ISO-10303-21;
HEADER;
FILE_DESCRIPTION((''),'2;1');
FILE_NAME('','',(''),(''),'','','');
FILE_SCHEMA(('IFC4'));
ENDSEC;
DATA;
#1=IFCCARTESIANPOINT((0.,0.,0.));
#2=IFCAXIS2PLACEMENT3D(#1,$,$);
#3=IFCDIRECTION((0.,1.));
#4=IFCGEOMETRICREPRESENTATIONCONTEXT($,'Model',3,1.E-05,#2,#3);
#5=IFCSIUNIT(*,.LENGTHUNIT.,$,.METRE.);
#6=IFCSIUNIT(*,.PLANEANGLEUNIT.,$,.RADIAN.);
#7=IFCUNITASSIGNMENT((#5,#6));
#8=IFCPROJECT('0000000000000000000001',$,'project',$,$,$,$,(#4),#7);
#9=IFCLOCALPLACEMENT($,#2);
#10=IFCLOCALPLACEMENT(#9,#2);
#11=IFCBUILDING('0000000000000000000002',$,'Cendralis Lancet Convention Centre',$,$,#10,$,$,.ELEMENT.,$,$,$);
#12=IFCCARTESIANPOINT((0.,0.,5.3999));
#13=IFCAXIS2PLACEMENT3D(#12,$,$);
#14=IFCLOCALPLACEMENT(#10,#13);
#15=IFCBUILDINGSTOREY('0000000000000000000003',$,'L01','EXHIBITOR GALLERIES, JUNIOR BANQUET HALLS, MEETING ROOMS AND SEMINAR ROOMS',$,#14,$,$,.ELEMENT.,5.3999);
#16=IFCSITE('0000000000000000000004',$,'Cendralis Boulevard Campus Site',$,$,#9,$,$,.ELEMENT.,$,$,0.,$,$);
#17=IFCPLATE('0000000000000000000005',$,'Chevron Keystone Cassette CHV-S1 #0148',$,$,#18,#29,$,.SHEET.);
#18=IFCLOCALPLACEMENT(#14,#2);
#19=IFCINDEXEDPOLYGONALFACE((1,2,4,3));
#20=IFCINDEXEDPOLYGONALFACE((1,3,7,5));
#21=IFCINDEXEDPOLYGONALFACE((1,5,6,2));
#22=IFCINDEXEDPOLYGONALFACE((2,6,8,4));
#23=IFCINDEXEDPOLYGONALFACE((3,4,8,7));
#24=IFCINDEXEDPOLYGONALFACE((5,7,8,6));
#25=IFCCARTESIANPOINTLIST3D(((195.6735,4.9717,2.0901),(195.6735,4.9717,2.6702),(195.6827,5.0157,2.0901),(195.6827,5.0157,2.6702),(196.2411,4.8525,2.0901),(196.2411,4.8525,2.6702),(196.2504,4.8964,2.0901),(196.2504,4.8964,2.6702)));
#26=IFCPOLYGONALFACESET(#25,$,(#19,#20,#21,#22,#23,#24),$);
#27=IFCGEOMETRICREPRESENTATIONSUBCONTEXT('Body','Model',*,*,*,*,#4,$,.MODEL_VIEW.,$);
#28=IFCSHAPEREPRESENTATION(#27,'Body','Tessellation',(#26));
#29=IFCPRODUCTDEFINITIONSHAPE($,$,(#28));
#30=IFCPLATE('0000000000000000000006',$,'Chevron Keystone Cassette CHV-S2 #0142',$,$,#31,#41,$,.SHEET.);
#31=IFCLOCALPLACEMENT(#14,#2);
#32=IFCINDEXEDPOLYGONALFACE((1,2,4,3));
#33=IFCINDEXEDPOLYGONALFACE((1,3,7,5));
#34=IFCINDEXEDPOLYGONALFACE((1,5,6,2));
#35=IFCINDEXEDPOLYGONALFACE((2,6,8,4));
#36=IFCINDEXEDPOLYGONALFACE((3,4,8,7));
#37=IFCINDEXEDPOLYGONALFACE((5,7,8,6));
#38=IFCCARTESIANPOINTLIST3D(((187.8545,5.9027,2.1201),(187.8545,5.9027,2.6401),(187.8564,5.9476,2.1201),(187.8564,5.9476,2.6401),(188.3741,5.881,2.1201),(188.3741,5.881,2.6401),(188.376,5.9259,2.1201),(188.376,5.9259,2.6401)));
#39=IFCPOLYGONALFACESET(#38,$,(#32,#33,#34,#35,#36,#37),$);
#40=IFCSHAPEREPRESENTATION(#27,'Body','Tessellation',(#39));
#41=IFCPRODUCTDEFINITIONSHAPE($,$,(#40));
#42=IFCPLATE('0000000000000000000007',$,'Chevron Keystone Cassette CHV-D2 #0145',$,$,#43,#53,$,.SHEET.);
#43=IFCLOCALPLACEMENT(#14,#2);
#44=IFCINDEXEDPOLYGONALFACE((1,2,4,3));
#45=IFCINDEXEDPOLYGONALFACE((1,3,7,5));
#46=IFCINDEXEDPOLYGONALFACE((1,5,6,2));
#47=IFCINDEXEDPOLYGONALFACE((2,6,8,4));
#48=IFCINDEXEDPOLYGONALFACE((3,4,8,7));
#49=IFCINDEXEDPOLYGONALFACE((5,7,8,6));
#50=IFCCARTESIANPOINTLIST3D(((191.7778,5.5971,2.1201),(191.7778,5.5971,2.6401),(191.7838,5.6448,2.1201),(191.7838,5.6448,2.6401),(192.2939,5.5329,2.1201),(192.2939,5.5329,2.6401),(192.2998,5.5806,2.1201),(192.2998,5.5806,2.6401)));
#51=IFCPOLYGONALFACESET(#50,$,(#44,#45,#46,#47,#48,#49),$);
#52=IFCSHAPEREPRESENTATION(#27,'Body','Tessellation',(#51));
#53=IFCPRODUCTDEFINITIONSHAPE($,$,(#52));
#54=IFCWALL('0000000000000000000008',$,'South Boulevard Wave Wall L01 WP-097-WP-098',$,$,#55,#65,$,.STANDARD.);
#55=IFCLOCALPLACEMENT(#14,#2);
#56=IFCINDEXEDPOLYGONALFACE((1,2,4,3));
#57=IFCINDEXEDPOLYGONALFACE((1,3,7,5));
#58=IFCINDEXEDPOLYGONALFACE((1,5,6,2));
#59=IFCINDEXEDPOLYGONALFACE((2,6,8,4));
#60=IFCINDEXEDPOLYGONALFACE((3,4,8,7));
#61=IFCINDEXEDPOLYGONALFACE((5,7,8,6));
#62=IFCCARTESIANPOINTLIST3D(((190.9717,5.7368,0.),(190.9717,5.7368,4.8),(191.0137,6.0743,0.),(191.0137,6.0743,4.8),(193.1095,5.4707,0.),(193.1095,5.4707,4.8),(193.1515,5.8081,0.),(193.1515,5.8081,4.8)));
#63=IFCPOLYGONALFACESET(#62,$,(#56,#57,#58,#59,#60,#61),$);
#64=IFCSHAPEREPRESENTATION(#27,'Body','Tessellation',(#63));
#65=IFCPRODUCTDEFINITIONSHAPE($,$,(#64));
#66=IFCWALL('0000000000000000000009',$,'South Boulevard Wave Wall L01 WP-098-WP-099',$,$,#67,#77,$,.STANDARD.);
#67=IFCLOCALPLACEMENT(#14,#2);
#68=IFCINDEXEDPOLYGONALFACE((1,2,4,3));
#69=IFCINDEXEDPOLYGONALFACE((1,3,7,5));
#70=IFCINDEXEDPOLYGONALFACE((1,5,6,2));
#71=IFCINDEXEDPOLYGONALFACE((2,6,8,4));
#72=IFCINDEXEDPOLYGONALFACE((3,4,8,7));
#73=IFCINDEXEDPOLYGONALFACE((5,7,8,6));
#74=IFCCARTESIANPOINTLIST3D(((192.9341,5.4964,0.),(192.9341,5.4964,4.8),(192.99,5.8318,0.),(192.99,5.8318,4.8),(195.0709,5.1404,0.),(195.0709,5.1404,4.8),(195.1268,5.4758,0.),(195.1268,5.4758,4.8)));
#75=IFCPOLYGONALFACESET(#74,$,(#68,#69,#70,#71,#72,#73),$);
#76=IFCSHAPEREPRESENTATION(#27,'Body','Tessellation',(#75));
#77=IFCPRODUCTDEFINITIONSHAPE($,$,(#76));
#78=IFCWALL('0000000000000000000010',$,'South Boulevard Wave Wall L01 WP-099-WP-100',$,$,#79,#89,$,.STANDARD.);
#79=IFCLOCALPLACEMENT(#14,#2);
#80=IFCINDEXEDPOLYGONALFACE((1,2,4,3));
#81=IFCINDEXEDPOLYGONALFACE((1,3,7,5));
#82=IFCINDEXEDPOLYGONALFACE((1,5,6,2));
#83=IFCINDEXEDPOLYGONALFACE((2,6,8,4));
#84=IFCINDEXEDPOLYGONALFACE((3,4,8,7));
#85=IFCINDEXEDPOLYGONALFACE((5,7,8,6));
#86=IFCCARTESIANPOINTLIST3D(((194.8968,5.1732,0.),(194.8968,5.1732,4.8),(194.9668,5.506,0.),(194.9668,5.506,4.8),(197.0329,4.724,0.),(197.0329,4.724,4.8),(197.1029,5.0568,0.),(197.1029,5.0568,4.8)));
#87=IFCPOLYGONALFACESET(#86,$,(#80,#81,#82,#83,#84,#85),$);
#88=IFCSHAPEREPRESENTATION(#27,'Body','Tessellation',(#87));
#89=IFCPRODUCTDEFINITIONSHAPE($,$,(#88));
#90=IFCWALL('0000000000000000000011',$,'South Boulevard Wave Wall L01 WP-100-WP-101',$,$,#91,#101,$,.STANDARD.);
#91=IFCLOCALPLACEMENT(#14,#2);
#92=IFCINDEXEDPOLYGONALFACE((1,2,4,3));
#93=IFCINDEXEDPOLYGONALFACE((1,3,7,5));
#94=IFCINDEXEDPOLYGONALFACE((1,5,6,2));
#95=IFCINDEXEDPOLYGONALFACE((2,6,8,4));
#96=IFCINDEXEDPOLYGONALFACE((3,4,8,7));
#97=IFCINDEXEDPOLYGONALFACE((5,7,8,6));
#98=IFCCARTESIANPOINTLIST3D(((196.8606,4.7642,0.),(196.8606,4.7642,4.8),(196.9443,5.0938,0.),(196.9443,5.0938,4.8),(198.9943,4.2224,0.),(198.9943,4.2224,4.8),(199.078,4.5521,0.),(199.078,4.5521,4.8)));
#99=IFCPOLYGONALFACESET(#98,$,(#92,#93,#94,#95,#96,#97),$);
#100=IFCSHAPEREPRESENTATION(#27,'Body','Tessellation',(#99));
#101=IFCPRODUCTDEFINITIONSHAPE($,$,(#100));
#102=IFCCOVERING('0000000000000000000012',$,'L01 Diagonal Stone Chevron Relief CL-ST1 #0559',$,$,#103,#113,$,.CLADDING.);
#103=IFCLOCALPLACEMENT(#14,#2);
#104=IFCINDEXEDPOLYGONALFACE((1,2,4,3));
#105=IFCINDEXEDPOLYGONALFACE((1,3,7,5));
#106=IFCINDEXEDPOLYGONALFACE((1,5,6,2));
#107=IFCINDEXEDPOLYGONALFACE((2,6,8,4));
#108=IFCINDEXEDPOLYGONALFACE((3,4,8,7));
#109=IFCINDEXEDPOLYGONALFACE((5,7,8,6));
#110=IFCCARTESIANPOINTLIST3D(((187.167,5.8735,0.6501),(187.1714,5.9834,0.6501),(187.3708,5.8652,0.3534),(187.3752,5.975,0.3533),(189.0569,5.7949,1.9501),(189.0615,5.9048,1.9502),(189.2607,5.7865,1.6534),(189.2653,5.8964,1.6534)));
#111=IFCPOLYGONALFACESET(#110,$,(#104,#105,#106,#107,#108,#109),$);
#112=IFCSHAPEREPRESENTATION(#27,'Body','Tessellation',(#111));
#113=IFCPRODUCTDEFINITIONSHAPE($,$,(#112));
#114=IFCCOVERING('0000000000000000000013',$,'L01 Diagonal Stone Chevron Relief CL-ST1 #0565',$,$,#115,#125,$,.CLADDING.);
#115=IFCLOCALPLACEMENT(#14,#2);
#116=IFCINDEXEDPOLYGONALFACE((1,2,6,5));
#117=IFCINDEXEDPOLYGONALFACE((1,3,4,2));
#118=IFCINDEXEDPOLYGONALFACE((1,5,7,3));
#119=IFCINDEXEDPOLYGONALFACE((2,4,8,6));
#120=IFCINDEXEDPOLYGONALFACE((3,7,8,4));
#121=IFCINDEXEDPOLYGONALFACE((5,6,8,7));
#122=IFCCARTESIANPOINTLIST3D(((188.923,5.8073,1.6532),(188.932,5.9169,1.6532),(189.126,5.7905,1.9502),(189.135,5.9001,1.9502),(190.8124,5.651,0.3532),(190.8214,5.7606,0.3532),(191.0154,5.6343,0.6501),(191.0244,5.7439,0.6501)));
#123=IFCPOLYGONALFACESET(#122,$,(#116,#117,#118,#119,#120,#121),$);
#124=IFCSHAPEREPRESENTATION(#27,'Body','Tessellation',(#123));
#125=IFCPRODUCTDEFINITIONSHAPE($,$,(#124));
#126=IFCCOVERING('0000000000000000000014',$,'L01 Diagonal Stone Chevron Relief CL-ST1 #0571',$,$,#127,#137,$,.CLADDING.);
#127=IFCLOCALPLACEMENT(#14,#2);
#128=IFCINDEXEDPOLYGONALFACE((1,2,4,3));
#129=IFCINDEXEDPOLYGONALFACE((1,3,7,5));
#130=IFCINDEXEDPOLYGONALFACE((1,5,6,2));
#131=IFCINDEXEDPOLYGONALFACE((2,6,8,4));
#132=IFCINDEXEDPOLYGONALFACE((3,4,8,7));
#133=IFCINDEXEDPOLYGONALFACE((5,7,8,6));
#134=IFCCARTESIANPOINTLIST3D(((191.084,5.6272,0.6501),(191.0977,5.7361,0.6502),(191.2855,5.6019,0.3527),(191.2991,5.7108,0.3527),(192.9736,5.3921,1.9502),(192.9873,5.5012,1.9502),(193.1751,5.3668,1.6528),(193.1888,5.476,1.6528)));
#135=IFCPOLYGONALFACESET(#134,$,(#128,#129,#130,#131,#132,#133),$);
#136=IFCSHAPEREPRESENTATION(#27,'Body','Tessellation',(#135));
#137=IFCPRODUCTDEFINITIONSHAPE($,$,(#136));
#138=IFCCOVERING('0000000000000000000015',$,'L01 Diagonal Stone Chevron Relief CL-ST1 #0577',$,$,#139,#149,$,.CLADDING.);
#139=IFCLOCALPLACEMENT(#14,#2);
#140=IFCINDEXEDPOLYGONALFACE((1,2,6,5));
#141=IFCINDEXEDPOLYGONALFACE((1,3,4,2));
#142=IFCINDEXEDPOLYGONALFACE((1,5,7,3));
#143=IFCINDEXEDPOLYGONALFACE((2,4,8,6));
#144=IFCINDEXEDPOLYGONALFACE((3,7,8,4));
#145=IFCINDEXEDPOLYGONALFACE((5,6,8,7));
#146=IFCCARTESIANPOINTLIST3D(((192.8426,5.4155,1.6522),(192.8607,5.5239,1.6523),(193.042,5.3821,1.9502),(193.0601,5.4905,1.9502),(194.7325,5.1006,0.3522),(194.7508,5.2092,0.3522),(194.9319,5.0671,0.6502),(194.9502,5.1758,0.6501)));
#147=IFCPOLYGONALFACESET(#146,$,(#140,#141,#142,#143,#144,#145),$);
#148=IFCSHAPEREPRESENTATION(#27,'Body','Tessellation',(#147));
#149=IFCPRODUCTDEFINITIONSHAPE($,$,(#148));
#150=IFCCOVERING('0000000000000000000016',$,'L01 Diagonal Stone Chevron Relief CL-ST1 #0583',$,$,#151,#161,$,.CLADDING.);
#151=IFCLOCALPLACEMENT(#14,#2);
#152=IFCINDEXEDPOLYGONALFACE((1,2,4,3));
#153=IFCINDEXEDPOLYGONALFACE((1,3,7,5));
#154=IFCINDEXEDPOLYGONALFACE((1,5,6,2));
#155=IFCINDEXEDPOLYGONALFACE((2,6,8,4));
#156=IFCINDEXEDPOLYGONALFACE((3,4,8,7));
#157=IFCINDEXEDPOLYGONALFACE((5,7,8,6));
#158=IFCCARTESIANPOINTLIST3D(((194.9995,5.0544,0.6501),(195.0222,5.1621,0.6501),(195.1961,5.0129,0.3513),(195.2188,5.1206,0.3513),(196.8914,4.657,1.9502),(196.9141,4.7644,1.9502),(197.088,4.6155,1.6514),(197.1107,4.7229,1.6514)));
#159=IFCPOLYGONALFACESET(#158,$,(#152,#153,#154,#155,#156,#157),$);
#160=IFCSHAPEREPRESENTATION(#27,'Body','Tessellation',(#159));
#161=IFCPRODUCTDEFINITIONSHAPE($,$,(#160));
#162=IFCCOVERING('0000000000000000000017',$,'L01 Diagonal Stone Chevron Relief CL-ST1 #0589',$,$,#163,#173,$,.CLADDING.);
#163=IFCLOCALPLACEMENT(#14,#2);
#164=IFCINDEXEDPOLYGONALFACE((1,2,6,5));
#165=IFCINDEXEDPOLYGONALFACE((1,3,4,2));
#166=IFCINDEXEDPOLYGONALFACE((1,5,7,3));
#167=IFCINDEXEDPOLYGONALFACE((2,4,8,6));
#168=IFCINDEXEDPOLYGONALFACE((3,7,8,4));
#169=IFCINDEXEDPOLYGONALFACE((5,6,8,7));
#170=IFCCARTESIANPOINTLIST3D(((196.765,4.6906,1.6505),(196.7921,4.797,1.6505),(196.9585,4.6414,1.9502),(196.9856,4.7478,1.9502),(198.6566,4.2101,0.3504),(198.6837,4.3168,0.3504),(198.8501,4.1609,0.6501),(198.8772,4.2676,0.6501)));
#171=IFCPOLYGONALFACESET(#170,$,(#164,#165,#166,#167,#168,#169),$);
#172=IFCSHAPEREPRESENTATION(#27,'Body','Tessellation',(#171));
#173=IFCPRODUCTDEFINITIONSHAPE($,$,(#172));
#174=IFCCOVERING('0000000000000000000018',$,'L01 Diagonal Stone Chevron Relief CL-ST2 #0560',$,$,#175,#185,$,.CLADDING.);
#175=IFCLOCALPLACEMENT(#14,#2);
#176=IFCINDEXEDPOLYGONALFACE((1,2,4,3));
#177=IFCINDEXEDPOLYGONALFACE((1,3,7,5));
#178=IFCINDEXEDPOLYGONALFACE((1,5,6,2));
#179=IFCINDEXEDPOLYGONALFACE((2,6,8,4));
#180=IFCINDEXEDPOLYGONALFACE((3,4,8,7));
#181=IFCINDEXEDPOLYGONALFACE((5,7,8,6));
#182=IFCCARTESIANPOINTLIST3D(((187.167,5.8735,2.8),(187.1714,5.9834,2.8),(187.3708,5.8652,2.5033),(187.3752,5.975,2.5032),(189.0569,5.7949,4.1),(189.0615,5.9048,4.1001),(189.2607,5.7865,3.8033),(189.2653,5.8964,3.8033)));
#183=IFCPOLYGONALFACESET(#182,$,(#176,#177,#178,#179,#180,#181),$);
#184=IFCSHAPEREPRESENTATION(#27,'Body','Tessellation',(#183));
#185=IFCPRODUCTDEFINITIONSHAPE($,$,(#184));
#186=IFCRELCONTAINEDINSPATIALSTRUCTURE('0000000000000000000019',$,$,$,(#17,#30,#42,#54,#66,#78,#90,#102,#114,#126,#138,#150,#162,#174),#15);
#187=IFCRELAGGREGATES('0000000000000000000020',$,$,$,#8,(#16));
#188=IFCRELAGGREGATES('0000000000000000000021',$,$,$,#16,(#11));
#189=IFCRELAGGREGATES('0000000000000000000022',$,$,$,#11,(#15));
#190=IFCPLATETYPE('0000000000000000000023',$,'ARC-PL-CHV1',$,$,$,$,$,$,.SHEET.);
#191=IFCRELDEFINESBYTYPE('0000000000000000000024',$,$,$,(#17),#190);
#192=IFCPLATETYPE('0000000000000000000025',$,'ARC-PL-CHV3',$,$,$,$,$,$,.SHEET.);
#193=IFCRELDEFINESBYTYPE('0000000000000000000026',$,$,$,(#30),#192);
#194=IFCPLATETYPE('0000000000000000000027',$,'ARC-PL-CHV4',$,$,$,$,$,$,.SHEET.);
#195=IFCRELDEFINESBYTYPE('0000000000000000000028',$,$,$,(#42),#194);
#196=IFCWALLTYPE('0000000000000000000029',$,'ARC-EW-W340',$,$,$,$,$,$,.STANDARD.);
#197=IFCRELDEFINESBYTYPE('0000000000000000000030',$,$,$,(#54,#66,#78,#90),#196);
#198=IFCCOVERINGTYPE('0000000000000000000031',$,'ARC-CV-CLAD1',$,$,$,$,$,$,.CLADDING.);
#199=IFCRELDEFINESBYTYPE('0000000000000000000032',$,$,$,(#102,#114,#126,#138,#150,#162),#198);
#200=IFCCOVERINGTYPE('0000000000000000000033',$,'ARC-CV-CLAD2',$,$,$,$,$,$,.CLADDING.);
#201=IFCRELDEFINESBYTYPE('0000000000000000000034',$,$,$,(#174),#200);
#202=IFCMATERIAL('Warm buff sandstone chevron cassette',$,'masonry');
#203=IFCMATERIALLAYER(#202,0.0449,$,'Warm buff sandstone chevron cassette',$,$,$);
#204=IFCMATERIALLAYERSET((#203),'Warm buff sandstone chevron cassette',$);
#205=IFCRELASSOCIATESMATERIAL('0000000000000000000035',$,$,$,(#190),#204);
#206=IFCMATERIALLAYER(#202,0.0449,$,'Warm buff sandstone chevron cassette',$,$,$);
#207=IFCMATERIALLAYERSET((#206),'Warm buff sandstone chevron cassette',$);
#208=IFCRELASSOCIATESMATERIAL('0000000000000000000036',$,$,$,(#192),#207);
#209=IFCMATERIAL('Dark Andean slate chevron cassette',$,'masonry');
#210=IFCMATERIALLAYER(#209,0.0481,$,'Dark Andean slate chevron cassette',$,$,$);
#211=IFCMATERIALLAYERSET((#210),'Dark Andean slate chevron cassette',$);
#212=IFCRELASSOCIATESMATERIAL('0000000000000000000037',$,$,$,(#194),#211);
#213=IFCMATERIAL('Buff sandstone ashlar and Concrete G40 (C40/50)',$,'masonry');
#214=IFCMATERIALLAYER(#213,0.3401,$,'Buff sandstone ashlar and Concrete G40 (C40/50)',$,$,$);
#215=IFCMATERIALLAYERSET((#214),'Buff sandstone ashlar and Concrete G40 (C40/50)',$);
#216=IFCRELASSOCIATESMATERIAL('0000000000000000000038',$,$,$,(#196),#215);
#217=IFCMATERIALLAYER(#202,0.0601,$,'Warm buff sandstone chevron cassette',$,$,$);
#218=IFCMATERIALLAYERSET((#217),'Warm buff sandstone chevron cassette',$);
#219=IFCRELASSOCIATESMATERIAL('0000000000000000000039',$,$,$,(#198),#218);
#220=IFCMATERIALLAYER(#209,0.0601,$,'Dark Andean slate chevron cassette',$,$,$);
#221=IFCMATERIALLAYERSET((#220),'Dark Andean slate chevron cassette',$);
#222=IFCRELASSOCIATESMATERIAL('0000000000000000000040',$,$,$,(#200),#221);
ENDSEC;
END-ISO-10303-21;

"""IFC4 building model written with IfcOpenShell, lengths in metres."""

from ifc_helpers import new_model, si_unit, direction, frame, frame_2d, origin, origin_2d, place, context, subcontext, project, spatial, polyline, rectangle, outline, extrude, material, layer, layer_set, type_object, element, save


model = new_model("IFC4")

# Units and contexts
model_context = context("Model", 3, precision=1e-05, world=origin(), true_north=direction((0.0, 1.0)))
body_context = subcontext(model_context, "Body", "Model", "MODEL_VIEW")
ifc_project = project(units=[si_unit("LENGTHUNIT", "METRE"), si_unit("PLANEANGLEUNIT", "RADIAN")], contexts=[model_context])

# Site, building, storey
site_placement = place(None, origin())
site = spatial("IfcSite", under=ifc_project, at=site_placement, Name="Cendralis Boulevard Campus Site", CompositionType="ELEMENT", RefElevation=0.0)
building_placement = place(site_placement, origin())
building = spatial("IfcBuilding", under=site, at=building_placement, Name="Cendralis Lancet Convention Centre", CompositionType="ELEMENT")
storey_placement = place(building_placement, frame((0.0, 0.0, 5.3999)))
storey = spatial("IfcBuildingStorey", under=building, at=storey_placement, Name="L01", Description="EXHIBITOR GALLERIES, JUNIOR BANQUET HALLS, MEETING ROOMS AND SEMINAR ROOMS", CompositionType="ELEMENT", Elevation=5.3999)

# Plates
ifc_material_1 = material(Name="Warm buff sandstone chevron cassette", Category="masonry")
ifc_layer_1 = layer(ifc_material_1, 0.0449, Name="Warm buff sandstone chevron cassette")
ifc_layer_set_1 = layer_set([ifc_layer_1], Name="Warm buff sandstone chevron cassette")
plate_type_1 = type_object("IfcPlateType", Name="ARC-PL-CHV1", PredefinedType="SHEET", material=ifc_layer_set_1)
plate_1_placement = place(storey_placement, frame((195.9619, 4.9341, 2.0901), z_axis=(0.0, 0.0, 1.0), x_axis=(0.978624, -0.205658, 0.0)))
element("IfcPlate", 1, at=plate_1_placement, inside=storey, type_object=plate_type_1, Name="Chevron Keystone Cassette CHV-S1 #0148", PredefinedType="SHEET", context=body_context, shape_type="SweptSolid", body=[
    extrude(rectangle(XDim=0.5801, YDim=0.0449, at=origin_2d()), origin(), (0.0, 0.0, 1.0), 0.5801),
])
ifc_layer_2 = layer(ifc_material_1, 0.0449, Name="Warm buff sandstone chevron cassette")
ifc_layer_set_2 = layer_set([ifc_layer_2], Name="Warm buff sandstone chevron cassette")
plate_type_2 = type_object("IfcPlateType", Name="ARC-PL-CHV3", PredefinedType="SHEET", material=ifc_layer_set_2)
plate_2_placement = place(storey_placement, frame((188.1152, 5.9143, 2.1201), z_axis=(0.0, 0.0, 1.0), x_axis=(0.999134, -0.041597, 0.0)))
element("IfcPlate", 2, at=plate_2_placement, inside=storey, type_object=plate_type_2, Name="Chevron Keystone Cassette CHV-S2 #0142", PredefinedType="SHEET", context=body_context, shape_type="SweptSolid", body=[
    extrude(rectangle(XDim=0.52, YDim=0.0449, at=origin_2d()), origin(), (0.0, 0.0, 1.0), 0.52),
])
ifc_material_2 = material(Name="Dark Andean slate chevron cassette", Category="masonry")
ifc_layer_3 = layer(ifc_material_2, 0.0481, Name="Dark Andean slate chevron cassette")
ifc_layer_set_3 = layer_set([ifc_layer_3], Name="Dark Andean slate chevron cassette")
plate_type_3 = type_object("IfcPlateType", Name="ARC-PL-CHV4", PredefinedType="SHEET", material=ifc_layer_set_3)
plate_3_placement = place(storey_placement, frame((192.0388, 5.5889, 2.1201), z_axis=(0.0, 0.0, 1.0), x_axis=(0.992347, -0.12348, 0.0)))
element("IfcPlate", 3, at=plate_3_placement, inside=storey, type_object=plate_type_3, Name="Chevron Keystone Cassette CHV-D2 #0145", PredefinedType="SHEET", context=body_context, shape_type="SweptSolid", body=[
    extrude(rectangle(XDim=0.52, YDim=0.0481, at=origin_2d()), origin(), (0.0, 0.0, 1.0), 0.52),
])

# Walls
ifc_material_3 = material(Name="Buff sandstone ashlar and Concrete G40 (C40/50)", Category="masonry")
ifc_layer_4 = layer(ifc_material_3, 0.3401, Name="Buff sandstone ashlar and Concrete G40 (C40/50)")
ifc_layer_set_4 = layer_set([ifc_layer_4], Name="Buff sandstone ashlar and Concrete G40 (C40/50)")
wall_type = type_object("IfcWallType", Name="ARC-EW-W340", PredefinedType="STANDARD", material=ifc_layer_set_4)
wall_1_placement = place(storey_placement, frame((190.9927, 5.9055, 0.0), z_axis=(0.0, 0.0, 1.0), x_axis=(0.992341, -0.123533, 0.0)))
element("IfcWall", 4, at=wall_1_placement, inside=storey, type_object=wall_type, Name="South Boulevard Wave Wall L01 WP-097-WP-098", PredefinedType="STANDARD", context=body_context, shape_type="SweptSolid", body=[
    extrude(rectangle(XDim=2.1543, YDim=0.3401, at=frame_2d((1.0771, 0.0))), origin(), (0.0, 0.0, 1.0), 4.8),
])
wall_2_placement = place(storey_placement, frame((192.9622, 5.6641, 0.0), z_axis=(0.0, 0.0, 1.0), x_axis=(0.986406, -0.164326, 0.0)))
element("IfcWall", 5, at=wall_2_placement, inside=storey, type_object=wall_type, Name="South Boulevard Wave Wall L01 WP-098-WP-099", PredefinedType="STANDARD", context=body_context, shape_type="SweptSolid", body=[
    extrude(rectangle(XDim=2.1663, YDim=0.3401, at=frame_2d((1.083, 0.0))), origin(), (0.0, 0.0, 1.0), 4.8),
])
wall_3_placement = place(storey_placement, frame((194.9319, 5.3396, 0.0), z_axis=(0.0, 0.0, 1.0), x_axis=(0.978597, -0.205785, 0.0)))
element("IfcWall", 6, at=wall_3_placement, inside=storey, type_object=wall_type, Name="South Boulevard Wave Wall L01 WP-099-WP-100", PredefinedType="STANDARD", context=body_context, shape_type="SweptSolid", body=[
    extrude(rectangle(XDim=2.1829, YDim=0.3401, at=frame_2d((1.0913, 0.0))), origin(), (0.0, 0.0, 1.0), 4.8),
])
wall_4_placement = place(storey_placement, frame((196.9026, 4.929, 0.0), z_axis=(0.0, 0.0, 1.0), x_axis=(0.969249, -0.246083, 0.0)))
element("IfcWall", 7, at=wall_4_placement, inside=storey, type_object=wall_type, Name="South Boulevard Wave Wall L01 WP-100-WP-101", PredefinedType="STANDARD", context=body_context, shape_type="SweptSolid", body=[
    extrude(rectangle(XDim=2.2014, YDim=0.3401, at=frame_2d((1.1006, 0.0))), origin(), (0.0, 0.0, 1.0), 4.8),
])

# Coverings
ifc_layer_5 = layer(ifc_material_1, 0.0601, Name="Warm buff sandstone chevron cassette")
ifc_layer_set_5 = layer_set([ifc_layer_5], Name="Warm buff sandstone chevron cassette")
covering_type_1 = type_object("IfcCoveringType", Name="ARC-CV-CLAD1", PredefinedType="CLADDING", material=ifc_layer_set_5)
covering_1_placement = place(storey_placement, frame((187.167, 5.8735, 0.6501), z_axis=(-0.565915, 0.023265, 0.824135), x_axis=(0.823423, -0.034252, 0.566393)))
element("IfcCovering", 8, at=covering_1_placement, inside=storey, type_object=covering_type_1, Name="L01 Diagonal Stone Chevron Relief CL-ST1 #0559", PredefinedType="CLADDING", context=body_context, shape_type="SweptSolid", body=[
    extrude(outline(polyline([(0.0, 0.0), (2.2952, 0.0), (2.2953, 0.11), (-0.0001, 0.11), (0.0, 0.0)])), origin(), (0.0, 0.0, -1.0), 0.3601),
])
covering_2_placement = place(storey_placement, frame((189.126, 5.7905, 1.9502), z_axis=(0.563628, -0.046446, 0.824722), x_axis=(0.821916, -0.067971, -0.565539)))
element("IfcCovering", 9, at=covering_2_placement, inside=storey, type_object=covering_type_1, Name="L01 Diagonal Stone Chevron Relief CL-ST1 #0565", PredefinedType="CLADDING", context=body_context, shape_type="SweptSolid", body=[
    extrude(outline(polyline([(0.0, 0.0), (2.2988, 0.0), (2.2988, 0.11), (0.0, 0.11), (0.0, 0.0)])), origin(), (0.0, 0.0, -1.0), 0.3601),
])
covering_3_placement = place(storey_placement, frame((191.084, 5.6272, 0.6501), z_axis=(-0.559466, 0.070168, 0.825878), x_axis=(0.819559, -0.101968, 0.563849)))
element("IfcCovering", 10, at=covering_3_placement, inside=storey, type_object=covering_type_1, Name="L01 Diagonal Stone Chevron Relief CL-ST1 #0571", PredefinedType="CLADDING", context=body_context, shape_type="SweptSolid", body=[
    extrude(outline(polyline([(0.0, 0.0), (2.3057, 0.0), (2.3058, 0.11), (0.0001, 0.1097), (0.0, 0.0)])), origin(), (0.0, 0.0, -1.0), 0.3601),
])
covering_4_placement = place(storey_placement, frame((193.042, 5.3821, 1.9502), z_axis=(0.553739, -0.092809, 0.827502), x_axis=(0.816246, -0.136023, -0.561463)))
element("IfcCovering", 11, at=covering_4_placement, inside=storey, type_object=covering_type_1, Name="L01 Diagonal Stone Chevron Relief CL-ST1 #0577", PredefinedType="CLADDING", context=body_context, shape_type="SweptSolid", body=[
    extrude(outline(polyline([(0.0, 0.0), (2.3154, 0.0), (2.3156, 0.1102), (0.0, 0.1099), (0.0, 0.0)])), origin(), (0.0, 0.0, -1.0), 0.3601),
])
covering_5_placement = place(storey_placement, frame((194.9995, 5.0544, 0.6501), z_axis=(-0.546008, 0.115275, 0.829811), x_axis=(0.812083, -0.170612, 0.558044)))
element("IfcCovering", 12, at=covering_5_placement, inside=storey, type_object=covering_type_1, Name="L01 Diagonal Stone Chevron Relief CL-ST1 #0583", PredefinedType="CLADDING", context=body_context, shape_type="SweptSolid", body=[
    extrude(outline(polyline([(0.0, 0.0), (2.3296, 0.0), (2.3297, 0.1098), (0.0001, 0.11), (0.0, 0.0)])), origin(), (0.0, 0.0, -1.0), 0.3601),
])
covering_6_placement = place(storey_placement, frame((196.9585, 4.6414, 1.9502), z_axis=(0.537292, -0.136631, 0.832255), x_axis=(0.806641, -0.204888, -0.554392)))
element("IfcCovering", 13, at=covering_6_placement, inside=storey, type_object=covering_type_1, Name="L01 Diagonal Stone Chevron Relief CL-ST1 #0589", PredefinedType="CLADDING", context=body_context, shape_type="SweptSolid", body=[
    extrude(outline(polyline([(0.0, 0.0), (2.345, 0.0), (2.345, 0.1101), (0.0001, 0.1098), (0.0, 0.0)])), origin(), (0.0, 0.0, -1.0), 0.3601),
])
ifc_layer_6 = layer(ifc_material_2, 0.0601, Name="Dark Andean slate chevron cassette")
ifc_layer_set_6 = layer_set([ifc_layer_6], Name="Dark Andean slate chevron cassette")
covering_type_2 = type_object("IfcCoveringType", Name="ARC-CV-CLAD2", PredefinedType="CLADDING", material=ifc_layer_set_6)
covering_7_placement = place(storey_placement, frame((187.167, 5.8735, 2.8), z_axis=(-0.565915, 0.023265, 0.824135), x_axis=(0.823423, -0.034252, 0.566393)))
element("IfcCovering", 14, at=covering_7_placement, inside=storey, type_object=covering_type_2, Name="L01 Diagonal Stone Chevron Relief CL-ST2 #0560", PredefinedType="CLADDING", context=body_context, shape_type="SweptSolid", body=[
    extrude(outline(polyline([(0.0, 0.0), (2.2952, 0.0), (2.2953, 0.11), (-0.0001, 0.11), (0.0, 0.0)])), origin(), (0.0, 0.0, -1.0), 0.3601),
])

save(model, "model.ifc")
